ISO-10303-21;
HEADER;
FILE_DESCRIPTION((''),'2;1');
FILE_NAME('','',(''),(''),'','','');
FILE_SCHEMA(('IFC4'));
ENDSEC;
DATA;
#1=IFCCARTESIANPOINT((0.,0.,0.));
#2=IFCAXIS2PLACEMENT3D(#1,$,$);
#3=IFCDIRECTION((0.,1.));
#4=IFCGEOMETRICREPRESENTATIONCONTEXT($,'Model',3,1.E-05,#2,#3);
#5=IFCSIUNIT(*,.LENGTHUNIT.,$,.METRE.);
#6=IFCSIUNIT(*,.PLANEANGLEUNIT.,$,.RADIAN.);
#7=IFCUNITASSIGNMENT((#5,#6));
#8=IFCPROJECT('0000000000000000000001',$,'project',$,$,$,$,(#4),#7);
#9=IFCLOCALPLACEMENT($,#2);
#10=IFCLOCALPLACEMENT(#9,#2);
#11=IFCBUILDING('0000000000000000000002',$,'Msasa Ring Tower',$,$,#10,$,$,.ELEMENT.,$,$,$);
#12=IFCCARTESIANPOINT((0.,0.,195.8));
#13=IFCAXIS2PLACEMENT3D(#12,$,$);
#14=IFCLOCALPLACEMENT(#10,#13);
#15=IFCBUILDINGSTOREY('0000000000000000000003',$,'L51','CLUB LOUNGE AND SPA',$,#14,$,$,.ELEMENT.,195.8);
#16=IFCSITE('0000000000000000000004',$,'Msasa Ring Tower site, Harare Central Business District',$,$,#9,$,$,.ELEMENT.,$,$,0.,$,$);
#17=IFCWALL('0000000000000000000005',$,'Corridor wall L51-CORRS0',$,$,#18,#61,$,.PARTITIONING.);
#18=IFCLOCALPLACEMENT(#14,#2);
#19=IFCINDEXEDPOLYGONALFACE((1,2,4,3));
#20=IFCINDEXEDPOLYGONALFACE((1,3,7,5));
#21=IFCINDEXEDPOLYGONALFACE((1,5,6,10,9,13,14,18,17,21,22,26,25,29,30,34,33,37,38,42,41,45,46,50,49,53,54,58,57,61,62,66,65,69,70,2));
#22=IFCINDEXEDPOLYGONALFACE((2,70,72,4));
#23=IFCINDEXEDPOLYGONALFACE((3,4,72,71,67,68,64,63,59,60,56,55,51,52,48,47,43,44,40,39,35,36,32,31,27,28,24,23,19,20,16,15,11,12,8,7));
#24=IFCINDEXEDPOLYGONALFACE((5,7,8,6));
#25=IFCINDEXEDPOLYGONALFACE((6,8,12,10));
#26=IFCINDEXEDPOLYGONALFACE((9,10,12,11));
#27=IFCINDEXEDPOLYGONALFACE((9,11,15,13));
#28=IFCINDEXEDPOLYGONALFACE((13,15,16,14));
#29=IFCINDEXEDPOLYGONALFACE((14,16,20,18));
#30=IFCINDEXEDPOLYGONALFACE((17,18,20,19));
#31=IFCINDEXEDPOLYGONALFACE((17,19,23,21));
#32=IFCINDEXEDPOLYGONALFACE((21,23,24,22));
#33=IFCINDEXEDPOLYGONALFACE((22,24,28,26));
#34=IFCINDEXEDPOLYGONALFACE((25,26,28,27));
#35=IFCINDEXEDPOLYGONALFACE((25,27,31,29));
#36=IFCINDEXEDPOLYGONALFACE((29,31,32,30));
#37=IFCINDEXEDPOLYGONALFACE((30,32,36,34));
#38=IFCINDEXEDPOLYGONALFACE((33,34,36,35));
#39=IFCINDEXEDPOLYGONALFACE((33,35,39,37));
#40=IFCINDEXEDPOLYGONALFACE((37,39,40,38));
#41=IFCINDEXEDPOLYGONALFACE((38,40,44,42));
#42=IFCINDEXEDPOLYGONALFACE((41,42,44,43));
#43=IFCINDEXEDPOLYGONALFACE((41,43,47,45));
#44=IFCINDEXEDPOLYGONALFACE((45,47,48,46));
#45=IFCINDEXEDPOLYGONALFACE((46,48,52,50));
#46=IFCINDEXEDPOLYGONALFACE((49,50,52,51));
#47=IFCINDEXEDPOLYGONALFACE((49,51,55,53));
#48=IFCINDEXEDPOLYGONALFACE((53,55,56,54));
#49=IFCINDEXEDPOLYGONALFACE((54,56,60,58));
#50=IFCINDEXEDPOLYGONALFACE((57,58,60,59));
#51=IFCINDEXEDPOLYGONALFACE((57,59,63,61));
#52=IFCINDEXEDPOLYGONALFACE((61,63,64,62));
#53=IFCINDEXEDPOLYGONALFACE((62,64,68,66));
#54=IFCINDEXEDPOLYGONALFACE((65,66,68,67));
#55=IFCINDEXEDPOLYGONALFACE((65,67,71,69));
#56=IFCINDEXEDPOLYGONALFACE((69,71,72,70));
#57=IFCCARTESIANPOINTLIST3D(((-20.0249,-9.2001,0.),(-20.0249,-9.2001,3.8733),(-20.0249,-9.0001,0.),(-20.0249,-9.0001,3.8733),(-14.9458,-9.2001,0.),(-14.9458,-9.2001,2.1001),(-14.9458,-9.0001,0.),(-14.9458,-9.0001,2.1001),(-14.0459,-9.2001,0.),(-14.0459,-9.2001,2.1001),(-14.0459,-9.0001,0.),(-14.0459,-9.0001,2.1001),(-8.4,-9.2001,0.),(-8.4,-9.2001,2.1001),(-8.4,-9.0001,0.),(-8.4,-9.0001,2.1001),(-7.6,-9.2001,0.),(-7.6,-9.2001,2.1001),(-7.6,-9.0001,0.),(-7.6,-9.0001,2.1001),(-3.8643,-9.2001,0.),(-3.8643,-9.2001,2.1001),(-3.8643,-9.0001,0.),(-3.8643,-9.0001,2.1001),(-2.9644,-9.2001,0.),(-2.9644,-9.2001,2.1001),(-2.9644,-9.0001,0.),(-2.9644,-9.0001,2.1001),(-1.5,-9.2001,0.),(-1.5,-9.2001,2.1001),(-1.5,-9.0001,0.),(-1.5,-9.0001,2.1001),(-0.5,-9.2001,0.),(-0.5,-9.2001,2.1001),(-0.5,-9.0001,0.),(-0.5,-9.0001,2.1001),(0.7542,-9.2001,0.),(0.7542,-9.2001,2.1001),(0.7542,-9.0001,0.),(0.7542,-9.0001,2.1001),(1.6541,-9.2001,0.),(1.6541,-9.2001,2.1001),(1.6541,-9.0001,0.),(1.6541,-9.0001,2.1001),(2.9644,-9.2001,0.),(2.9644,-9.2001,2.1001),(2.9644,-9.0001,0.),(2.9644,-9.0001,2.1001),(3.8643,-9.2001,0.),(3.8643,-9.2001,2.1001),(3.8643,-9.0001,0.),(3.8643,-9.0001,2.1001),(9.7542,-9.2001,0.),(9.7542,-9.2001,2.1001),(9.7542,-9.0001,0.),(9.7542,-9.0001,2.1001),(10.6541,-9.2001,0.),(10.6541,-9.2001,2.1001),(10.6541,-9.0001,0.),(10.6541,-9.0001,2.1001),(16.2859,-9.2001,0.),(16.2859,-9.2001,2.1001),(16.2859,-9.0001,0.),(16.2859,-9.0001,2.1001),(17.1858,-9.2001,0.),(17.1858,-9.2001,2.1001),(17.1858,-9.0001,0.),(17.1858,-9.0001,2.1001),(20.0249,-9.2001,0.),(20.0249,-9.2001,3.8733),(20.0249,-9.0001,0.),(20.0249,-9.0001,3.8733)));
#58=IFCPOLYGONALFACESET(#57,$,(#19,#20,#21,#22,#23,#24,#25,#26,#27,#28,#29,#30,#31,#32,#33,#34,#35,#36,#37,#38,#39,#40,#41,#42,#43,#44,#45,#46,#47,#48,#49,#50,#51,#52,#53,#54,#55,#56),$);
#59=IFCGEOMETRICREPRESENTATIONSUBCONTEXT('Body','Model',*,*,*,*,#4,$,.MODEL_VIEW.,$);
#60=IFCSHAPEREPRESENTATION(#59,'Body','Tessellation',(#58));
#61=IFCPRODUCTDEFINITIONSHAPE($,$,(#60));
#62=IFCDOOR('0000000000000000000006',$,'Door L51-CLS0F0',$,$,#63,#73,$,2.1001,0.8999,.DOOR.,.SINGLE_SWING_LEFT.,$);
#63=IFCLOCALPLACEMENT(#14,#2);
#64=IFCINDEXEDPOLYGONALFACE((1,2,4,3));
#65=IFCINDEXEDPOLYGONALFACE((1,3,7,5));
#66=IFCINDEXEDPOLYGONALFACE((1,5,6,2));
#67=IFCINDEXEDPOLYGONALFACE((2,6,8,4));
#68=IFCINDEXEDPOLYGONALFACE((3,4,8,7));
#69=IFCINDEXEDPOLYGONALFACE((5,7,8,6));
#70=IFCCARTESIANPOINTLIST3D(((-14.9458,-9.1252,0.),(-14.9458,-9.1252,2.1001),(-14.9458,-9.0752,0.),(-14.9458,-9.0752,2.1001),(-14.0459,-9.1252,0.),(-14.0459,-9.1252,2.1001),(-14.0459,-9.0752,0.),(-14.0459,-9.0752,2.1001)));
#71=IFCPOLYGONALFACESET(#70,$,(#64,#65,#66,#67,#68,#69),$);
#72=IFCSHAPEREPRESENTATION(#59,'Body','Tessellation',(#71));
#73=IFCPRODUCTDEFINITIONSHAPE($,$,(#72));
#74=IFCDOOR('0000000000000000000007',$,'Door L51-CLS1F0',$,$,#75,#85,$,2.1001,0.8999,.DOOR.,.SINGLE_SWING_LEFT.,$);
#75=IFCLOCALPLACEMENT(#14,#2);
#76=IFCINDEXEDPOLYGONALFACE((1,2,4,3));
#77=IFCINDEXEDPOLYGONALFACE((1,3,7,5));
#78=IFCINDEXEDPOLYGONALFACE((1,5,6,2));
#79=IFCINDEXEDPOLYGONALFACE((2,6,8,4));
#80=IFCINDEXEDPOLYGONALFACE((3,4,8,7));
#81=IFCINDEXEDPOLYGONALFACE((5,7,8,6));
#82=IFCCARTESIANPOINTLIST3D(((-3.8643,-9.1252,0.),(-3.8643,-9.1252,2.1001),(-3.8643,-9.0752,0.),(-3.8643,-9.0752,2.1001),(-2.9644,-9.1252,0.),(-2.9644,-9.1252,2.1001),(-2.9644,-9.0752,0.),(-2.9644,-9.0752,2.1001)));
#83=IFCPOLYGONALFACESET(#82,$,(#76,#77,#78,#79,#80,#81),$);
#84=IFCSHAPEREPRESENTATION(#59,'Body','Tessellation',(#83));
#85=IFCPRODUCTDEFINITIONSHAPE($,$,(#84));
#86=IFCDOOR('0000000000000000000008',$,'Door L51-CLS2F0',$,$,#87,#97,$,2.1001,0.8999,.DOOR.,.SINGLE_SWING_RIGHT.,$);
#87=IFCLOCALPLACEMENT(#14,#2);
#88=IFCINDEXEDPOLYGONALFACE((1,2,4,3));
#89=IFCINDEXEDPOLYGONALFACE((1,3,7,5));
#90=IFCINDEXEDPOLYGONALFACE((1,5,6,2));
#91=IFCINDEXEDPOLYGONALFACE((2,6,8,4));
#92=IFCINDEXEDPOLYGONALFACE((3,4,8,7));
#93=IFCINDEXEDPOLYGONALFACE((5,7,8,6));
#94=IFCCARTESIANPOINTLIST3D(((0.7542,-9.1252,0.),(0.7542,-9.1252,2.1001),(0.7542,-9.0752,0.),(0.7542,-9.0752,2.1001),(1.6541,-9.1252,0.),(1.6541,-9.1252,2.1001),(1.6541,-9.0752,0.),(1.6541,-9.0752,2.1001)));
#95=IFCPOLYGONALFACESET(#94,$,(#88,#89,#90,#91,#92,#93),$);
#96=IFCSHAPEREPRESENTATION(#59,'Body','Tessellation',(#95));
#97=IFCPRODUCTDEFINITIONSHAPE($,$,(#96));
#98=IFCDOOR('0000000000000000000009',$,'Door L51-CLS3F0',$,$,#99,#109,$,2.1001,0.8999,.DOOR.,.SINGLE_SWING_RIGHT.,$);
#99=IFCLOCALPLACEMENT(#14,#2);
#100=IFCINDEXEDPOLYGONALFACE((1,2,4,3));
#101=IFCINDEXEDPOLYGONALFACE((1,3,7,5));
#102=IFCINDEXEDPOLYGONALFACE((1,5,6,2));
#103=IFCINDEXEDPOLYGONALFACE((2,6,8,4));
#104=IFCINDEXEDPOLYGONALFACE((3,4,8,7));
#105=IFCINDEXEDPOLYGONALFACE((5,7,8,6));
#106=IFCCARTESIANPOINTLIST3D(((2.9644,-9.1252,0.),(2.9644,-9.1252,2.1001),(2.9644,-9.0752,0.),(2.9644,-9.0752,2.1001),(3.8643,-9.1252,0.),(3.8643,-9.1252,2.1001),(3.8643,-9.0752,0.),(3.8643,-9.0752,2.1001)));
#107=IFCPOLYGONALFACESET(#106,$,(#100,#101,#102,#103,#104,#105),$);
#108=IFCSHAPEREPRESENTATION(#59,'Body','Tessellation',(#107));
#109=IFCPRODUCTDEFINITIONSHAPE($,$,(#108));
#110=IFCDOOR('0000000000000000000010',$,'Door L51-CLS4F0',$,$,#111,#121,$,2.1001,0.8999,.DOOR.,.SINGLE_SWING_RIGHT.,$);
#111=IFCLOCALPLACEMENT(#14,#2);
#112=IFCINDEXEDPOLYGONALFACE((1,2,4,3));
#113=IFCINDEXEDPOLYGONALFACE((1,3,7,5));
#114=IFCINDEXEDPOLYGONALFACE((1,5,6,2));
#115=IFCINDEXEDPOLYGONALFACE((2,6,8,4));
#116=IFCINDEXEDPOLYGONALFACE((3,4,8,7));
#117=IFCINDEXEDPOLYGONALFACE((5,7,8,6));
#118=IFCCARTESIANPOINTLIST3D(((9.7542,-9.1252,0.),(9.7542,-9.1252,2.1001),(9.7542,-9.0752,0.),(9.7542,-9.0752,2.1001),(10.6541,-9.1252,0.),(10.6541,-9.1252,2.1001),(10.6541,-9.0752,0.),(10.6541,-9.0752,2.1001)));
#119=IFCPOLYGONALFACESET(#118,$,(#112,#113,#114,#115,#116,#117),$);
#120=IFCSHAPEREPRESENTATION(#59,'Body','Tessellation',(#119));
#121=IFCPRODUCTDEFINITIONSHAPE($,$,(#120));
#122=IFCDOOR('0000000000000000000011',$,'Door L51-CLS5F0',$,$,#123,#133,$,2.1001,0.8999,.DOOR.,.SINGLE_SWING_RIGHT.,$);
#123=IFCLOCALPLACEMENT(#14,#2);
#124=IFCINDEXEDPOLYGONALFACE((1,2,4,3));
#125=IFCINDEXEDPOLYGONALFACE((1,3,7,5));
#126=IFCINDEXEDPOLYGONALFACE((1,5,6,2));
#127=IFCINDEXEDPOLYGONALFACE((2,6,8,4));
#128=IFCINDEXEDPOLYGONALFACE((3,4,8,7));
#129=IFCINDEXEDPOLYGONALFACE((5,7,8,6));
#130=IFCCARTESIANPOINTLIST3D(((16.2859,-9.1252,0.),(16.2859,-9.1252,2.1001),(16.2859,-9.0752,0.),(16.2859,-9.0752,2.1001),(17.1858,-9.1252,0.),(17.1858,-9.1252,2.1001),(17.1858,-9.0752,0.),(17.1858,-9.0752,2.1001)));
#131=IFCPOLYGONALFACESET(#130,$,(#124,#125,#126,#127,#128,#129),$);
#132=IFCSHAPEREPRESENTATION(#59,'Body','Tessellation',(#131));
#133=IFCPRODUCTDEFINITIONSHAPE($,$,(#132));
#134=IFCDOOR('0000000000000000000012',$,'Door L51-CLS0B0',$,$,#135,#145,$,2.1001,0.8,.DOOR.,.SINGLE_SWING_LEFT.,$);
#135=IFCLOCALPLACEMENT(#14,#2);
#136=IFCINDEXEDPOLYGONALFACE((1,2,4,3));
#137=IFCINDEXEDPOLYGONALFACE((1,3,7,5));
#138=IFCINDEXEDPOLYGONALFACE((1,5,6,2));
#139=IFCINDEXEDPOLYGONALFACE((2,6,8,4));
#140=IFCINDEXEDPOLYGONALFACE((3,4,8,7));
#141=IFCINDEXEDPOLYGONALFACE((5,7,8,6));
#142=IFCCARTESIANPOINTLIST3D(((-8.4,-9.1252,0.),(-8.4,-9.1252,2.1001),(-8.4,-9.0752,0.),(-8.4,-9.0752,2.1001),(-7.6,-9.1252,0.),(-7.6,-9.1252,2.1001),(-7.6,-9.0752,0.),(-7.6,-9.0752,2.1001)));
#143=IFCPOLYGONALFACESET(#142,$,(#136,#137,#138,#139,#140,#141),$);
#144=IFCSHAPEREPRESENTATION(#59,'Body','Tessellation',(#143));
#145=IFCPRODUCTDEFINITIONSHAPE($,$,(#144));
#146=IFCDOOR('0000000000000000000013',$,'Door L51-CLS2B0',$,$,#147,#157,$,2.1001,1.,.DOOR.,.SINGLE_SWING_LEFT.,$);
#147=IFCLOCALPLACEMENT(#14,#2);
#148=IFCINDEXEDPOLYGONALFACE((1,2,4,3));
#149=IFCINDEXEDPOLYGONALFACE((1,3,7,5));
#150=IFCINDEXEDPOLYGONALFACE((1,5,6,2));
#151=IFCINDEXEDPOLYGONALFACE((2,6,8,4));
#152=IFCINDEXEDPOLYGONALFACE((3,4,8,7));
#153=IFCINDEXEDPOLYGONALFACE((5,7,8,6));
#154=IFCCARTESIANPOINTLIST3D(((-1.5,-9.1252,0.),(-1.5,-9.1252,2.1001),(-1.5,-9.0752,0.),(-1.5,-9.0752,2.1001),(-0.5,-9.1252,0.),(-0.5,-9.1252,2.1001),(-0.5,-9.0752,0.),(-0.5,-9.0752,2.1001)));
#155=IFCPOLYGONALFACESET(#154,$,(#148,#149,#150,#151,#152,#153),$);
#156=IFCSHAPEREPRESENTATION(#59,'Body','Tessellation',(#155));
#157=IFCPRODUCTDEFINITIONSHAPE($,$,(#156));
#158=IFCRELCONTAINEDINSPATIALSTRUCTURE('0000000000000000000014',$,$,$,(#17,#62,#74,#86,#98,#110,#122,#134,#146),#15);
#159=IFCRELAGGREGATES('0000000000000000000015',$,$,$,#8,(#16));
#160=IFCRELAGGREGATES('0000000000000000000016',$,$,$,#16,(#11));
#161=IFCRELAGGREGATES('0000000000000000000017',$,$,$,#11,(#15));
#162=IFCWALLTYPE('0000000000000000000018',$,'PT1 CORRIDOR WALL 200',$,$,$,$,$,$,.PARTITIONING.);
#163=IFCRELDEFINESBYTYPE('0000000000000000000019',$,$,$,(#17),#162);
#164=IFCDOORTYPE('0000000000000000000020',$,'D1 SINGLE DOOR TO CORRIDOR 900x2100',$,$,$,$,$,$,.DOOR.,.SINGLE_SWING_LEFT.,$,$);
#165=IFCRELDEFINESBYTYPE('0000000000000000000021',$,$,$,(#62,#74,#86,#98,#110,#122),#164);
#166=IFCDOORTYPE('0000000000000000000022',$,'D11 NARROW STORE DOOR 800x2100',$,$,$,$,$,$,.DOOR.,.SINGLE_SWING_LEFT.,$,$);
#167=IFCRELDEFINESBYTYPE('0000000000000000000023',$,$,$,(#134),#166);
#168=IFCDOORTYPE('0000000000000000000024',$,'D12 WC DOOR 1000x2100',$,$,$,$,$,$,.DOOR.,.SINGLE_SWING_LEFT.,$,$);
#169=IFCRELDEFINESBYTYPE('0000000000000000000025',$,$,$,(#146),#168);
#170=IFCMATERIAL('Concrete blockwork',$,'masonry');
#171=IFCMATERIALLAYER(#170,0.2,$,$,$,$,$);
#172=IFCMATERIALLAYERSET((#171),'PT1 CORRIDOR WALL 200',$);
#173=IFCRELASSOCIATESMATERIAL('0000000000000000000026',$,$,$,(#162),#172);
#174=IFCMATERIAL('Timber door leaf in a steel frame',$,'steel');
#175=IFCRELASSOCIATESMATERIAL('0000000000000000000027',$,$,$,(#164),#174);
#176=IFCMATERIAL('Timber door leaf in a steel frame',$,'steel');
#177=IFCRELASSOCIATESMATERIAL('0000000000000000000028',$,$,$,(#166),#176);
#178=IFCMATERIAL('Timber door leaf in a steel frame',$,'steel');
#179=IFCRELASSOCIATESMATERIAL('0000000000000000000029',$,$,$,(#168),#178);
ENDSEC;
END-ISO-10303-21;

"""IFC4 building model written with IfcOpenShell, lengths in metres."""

from ifc_helpers import new_model, si_unit, direction, frame, frame_2d, origin, place, context, subcontext, project, spatial, rectangle, extrude, material, layer, layer_set, type_object, element, fill, save


model = new_model("IFC4")

# Units and contexts
model_context = context("Model", 3, precision=1e-05, world=origin(), true_north=direction((0.0, 1.0)))
body_context = subcontext(model_context, "Body", "Model", "MODEL_VIEW")
ifc_project = project(units=[si_unit("LENGTHUNIT", "METRE"), si_unit("PLANEANGLEUNIT", "RADIAN")], contexts=[model_context])

# Site, building, storey
site_placement = place(None, origin())
site = spatial("IfcSite", under=ifc_project, at=site_placement, Name="Msasa Ring Tower site, Harare Central Business District", CompositionType="ELEMENT", RefElevation=0.0)
building_placement = place(site_placement, origin())
building = spatial("IfcBuilding", under=site, at=building_placement, Name="Msasa Ring Tower", CompositionType="ELEMENT")
storey_placement = place(building_placement, frame((0.0, 0.0, 195.8)))
storey = spatial("IfcBuildingStorey", under=building, at=storey_placement, Name="L51", Description="CLUB LOUNGE AND SPA", CompositionType="ELEMENT", Elevation=195.8)

# Wall, openings, doors
ifc_material_1 = material(Name="Concrete blockwork", Category="masonry")
ifc_layer_1 = layer(ifc_material_1, 0.2)
ifc_layer_set_1 = layer_set([ifc_layer_1], Name="PT1 CORRIDOR WALL 200")
wall_type = type_object("IfcWallType", Name="PT1 CORRIDOR WALL 200", PredefinedType="PARTITIONING", material=ifc_layer_set_1)
wall_placement = place(storey_placement, frame((-20.0249, -9.1001, 0.0), z_axis=(0.0, 0.0, 1.0), x_axis=(1.0, 0.0, 0.0)))
wall = element("IfcWall", 1, at=wall_placement, inside=storey, type_object=wall_type, Name="Corridor wall L51-CORRS0", PredefinedType="PARTITIONING", context=body_context, shape_type="SweptSolid", body=[
    extrude(rectangle(XDim=40.0498, YDim=0.2, at=frame_2d((20.0249, 0.0))), origin(), (0.0, 0.0, 1.0), 3.8733),
])
opening_1_placement = place(wall_placement, frame((5.0791, 0.0, 0.0)))
opening_1 = element("IfcOpeningElement", 2, at=opening_1_placement, cuts=wall, PredefinedType="OPENING", context=body_context, shape_type="SweptSolid", body=[
    extrude(rectangle(XDim=0.8999, YDim=2.1001, at=frame_2d((0.45, 1.05))), frame((0.0, 0.1099, 0.0), z_axis=(0.0, -1.0, 0.0), x_axis=(1.0, 0.0, 0.0)), (0.0, 0.0, 1.0), 0.22),
])
opening_2_placement = place(wall_placement, frame((11.625, 0.0, 0.0)))
opening_2 = element("IfcOpeningElement", 3, at=opening_2_placement, cuts=wall, PredefinedType="OPENING", context=body_context, shape_type="SweptSolid", body=[
    extrude(rectangle(XDim=0.8, YDim=2.1001, at=frame_2d((0.3999, 1.05))), frame((0.0, 0.1099, 0.0), z_axis=(0.0, -1.0, 0.0), x_axis=(1.0, 0.0, 0.0)), (0.0, 0.0, 1.0), 0.22),
])
opening_3_placement = place(wall_placement, frame((16.1606, 0.0, 0.0)))
opening_3 = element("IfcOpeningElement", 4, at=opening_3_placement, cuts=wall, PredefinedType="OPENING", context=body_context, shape_type="SweptSolid", body=[
    extrude(rectangle(XDim=0.8999, YDim=2.1001, at=frame_2d((0.45, 1.05))), frame((0.0, 0.1099, 0.0), z_axis=(0.0, -1.0, 0.0), x_axis=(1.0, 0.0, 0.0)), (0.0, 0.0, 1.0), 0.22),
])
opening_4_placement = place(wall_placement, frame((20.7791, 0.0, 0.0)))
opening_4 = element("IfcOpeningElement", 5, at=opening_4_placement, cuts=wall, PredefinedType="OPENING", context=body_context, shape_type="SweptSolid", body=[
    extrude(rectangle(XDim=0.8999, YDim=2.1001, at=frame_2d((0.45, 1.05))), frame((0.0, 0.1099, 0.0), z_axis=(0.0, -1.0, 0.0), x_axis=(1.0, 0.0, 0.0)), (0.0, 0.0, 1.0), 0.22),
])
opening_5_placement = place(wall_placement, frame((18.5249, 0.0, 0.0)))
opening_5 = element("IfcOpeningElement", 6, at=opening_5_placement, cuts=wall, PredefinedType="OPENING", context=body_context, shape_type="SweptSolid", body=[
    extrude(rectangle(XDim=1.0, YDim=2.1001, at=frame_2d((0.5, 1.05))), frame((0.0, 0.1099, 0.0), z_axis=(0.0, -1.0, 0.0), x_axis=(1.0, 0.0, 0.0)), (0.0, 0.0, 1.0), 0.22),
])
opening_6_placement = place(wall_placement, frame((22.9893, 0.0, 0.0)))
opening_6 = element("IfcOpeningElement", 7, at=opening_6_placement, cuts=wall, PredefinedType="OPENING", context=body_context, shape_type="SweptSolid", body=[
    extrude(rectangle(XDim=0.8999, YDim=2.1001, at=frame_2d((0.45, 1.05))), frame((0.0, 0.1099, 0.0), z_axis=(0.0, -1.0, 0.0), x_axis=(1.0, 0.0, 0.0)), (0.0, 0.0, 1.0), 0.22),
])
opening_7_placement = place(wall_placement, frame((29.7791, 0.0, 0.0)))
opening_7 = element("IfcOpeningElement", 8, at=opening_7_placement, cuts=wall, PredefinedType="OPENING", context=body_context, shape_type="SweptSolid", body=[
    extrude(rectangle(XDim=0.8999, YDim=2.1001, at=frame_2d((0.45, 1.05))), frame((0.0, 0.1099, 0.0), z_axis=(0.0, -1.0, 0.0), x_axis=(1.0, 0.0, 0.0)), (0.0, 0.0, 1.0), 0.22),
])
opening_8_placement = place(wall_placement, frame((36.3108, 0.0, 0.0)))
opening_8 = element("IfcOpeningElement", 9, at=opening_8_placement, cuts=wall, PredefinedType="OPENING", context=body_context, shape_type="SweptSolid", body=[
    extrude(rectangle(XDim=0.8999, YDim=2.1001, at=frame_2d((0.45, 1.05))), frame((0.0, 0.1099, 0.0), z_axis=(0.0, -1.0, 0.0), x_axis=(1.0, 0.0, 0.0)), (0.0, 0.0, 1.0), 0.22),
])
ifc_material_2 = material(Name="Timber door leaf in a steel frame", Category="steel")
door_type_1 = type_object("IfcDoorType", Name="D1 SINGLE DOOR TO CORRIDOR 900x2100", OperationType="SINGLE_SWING_LEFT", PredefinedType="DOOR", material=ifc_material_2)
door_1_placement = place(opening_1_placement, origin())
door_1 = element("IfcDoor", 10, at=door_1_placement, inside=storey, type_object=door_type_1, Name="Door L51-CLS0F0", OperationType="SINGLE_SWING_LEFT", OverallHeight=2.1001, OverallWidth=0.8999, PredefinedType="DOOR", context=body_context, shape_type="SweptSolid", body=[
    extrude(rectangle(XDim=0.8999, YDim=2.1001, at=frame_2d((0.45, 1.05))), frame((0.0, 0.0249, 0.0), z_axis=(0.0, -1.0, 0.0), x_axis=(1.0, 0.0, 0.0)), (0.0, 0.0, 1.0), 0.05),
])
fill(opening_1, door_1)
door_2_placement = place(opening_3_placement, origin())
door_2 = element("IfcDoor", 11, at=door_2_placement, inside=storey, type_object=door_type_1, Name="Door L51-CLS1F0", OperationType="SINGLE_SWING_LEFT", OverallHeight=2.1001, OverallWidth=0.8999, PredefinedType="DOOR", context=body_context, shape_type="SweptSolid", body=[
    extrude(rectangle(XDim=0.8999, YDim=2.1001, at=frame_2d((0.45, 1.05))), frame((0.0, 0.0249, 0.0), z_axis=(0.0, -1.0, 0.0), x_axis=(1.0, 0.0, 0.0)), (0.0, 0.0, 1.0), 0.05),
])
fill(opening_3, door_2)
door_3_placement = place(opening_4_placement, origin())
door_3 = element("IfcDoor", 12, at=door_3_placement, inside=storey, type_object=door_type_1, Name="Door L51-CLS2F0", OperationType="SINGLE_SWING_RIGHT", OverallHeight=2.1001, OverallWidth=0.8999, PredefinedType="DOOR", context=body_context, shape_type="SweptSolid", body=[
    extrude(rectangle(XDim=0.8999, YDim=2.1001, at=frame_2d((0.45, 1.05))), frame((0.0, 0.0249, 0.0), z_axis=(0.0, -1.0, 0.0), x_axis=(1.0, 0.0, 0.0)), (0.0, 0.0, 1.0), 0.05),
])
fill(opening_4, door_3)
door_4_placement = place(opening_6_placement, origin())
door_4 = element("IfcDoor", 13, at=door_4_placement, inside=storey, type_object=door_type_1, Name="Door L51-CLS3F0", OperationType="SINGLE_SWING_RIGHT", OverallHeight=2.1001, OverallWidth=0.8999, PredefinedType="DOOR", context=body_context, shape_type="SweptSolid", body=[
    extrude(rectangle(XDim=0.8999, YDim=2.1001, at=frame_2d((0.45, 1.05))), frame((0.0, 0.0249, 0.0), z_axis=(0.0, -1.0, 0.0), x_axis=(1.0, 0.0, 0.0)), (0.0, 0.0, 1.0), 0.05),
])
fill(opening_6, door_4)
door_5_placement = place(opening_7_placement, origin())
door_5 = element("IfcDoor", 14, at=door_5_placement, inside=storey, type_object=door_type_1, Name="Door L51-CLS4F0", OperationType="SINGLE_SWING_RIGHT", OverallHeight=2.1001, OverallWidth=0.8999, PredefinedType="DOOR", context=body_context, shape_type="SweptSolid", body=[
    extrude(rectangle(XDim=0.8999, YDim=2.1001, at=frame_2d((0.45, 1.05))), frame((0.0, 0.0249, 0.0), z_axis=(0.0, -1.0, 0.0), x_axis=(1.0, 0.0, 0.0)), (0.0, 0.0, 1.0), 0.05),
])
fill(opening_7, door_5)
door_6_placement = place(opening_8_placement, origin())
door_6 = element("IfcDoor", 15, at=door_6_placement, inside=storey, type_object=door_type_1, Name="Door L51-CLS5F0", OperationType="SINGLE_SWING_RIGHT", OverallHeight=2.1001, OverallWidth=0.8999, PredefinedType="DOOR", context=body_context, shape_type="SweptSolid", body=[
    extrude(rectangle(XDim=0.8999, YDim=2.1001, at=frame_2d((0.45, 1.05))), frame((0.0, 0.0249, 0.0), z_axis=(0.0, -1.0, 0.0), x_axis=(1.0, 0.0, 0.0)), (0.0, 0.0, 1.0), 0.05),
])
fill(opening_8, door_6)
ifc_material_3 = material(Name="Timber door leaf in a steel frame", Category="steel")
door_type_2 = type_object("IfcDoorType", Name="D11 NARROW STORE DOOR 800x2100", OperationType="SINGLE_SWING_LEFT", PredefinedType="DOOR", material=ifc_material_3)
door_7_placement = place(opening_2_placement, origin())
door_7 = element("IfcDoor", 16, at=door_7_placement, inside=storey, type_object=door_type_2, Name="Door L51-CLS0B0", OperationType="SINGLE_SWING_LEFT", OverallHeight=2.1001, OverallWidth=0.8, PredefinedType="DOOR", context=body_context, shape_type="SweptSolid", body=[
    extrude(rectangle(XDim=0.8, YDim=2.1001, at=frame_2d((0.3999, 1.05))), frame((0.0, 0.0249, 0.0), z_axis=(0.0, -1.0, 0.0), x_axis=(1.0, 0.0, 0.0)), (0.0, 0.0, 1.0), 0.05),
])
fill(opening_2, door_7)
ifc_material_4 = material(Name="Timber door leaf in a steel frame", Category="steel")
door_type_3 = type_object("IfcDoorType", Name="D12 WC DOOR 1000x2100", OperationType="SINGLE_SWING_LEFT", PredefinedType="DOOR", material=ifc_material_4)
door_8_placement = place(opening_5_placement, origin())
door_8 = element("IfcDoor", 17, at=door_8_placement, inside=storey, type_object=door_type_3, Name="Door L51-CLS2B0", OperationType="SINGLE_SWING_LEFT", OverallHeight=2.1001, OverallWidth=1.0, PredefinedType="DOOR", context=body_context, shape_type="SweptSolid", body=[
    extrude(rectangle(XDim=1.0, YDim=2.1001, at=frame_2d((0.5, 1.05))), frame((0.0, 0.0249, 0.0), z_axis=(0.0, -1.0, 0.0), x_axis=(1.0, 0.0, 0.0)), (0.0, 0.0, 1.0), 0.05),
])
fill(opening_5, door_8)

save(model, "model.ifc")
